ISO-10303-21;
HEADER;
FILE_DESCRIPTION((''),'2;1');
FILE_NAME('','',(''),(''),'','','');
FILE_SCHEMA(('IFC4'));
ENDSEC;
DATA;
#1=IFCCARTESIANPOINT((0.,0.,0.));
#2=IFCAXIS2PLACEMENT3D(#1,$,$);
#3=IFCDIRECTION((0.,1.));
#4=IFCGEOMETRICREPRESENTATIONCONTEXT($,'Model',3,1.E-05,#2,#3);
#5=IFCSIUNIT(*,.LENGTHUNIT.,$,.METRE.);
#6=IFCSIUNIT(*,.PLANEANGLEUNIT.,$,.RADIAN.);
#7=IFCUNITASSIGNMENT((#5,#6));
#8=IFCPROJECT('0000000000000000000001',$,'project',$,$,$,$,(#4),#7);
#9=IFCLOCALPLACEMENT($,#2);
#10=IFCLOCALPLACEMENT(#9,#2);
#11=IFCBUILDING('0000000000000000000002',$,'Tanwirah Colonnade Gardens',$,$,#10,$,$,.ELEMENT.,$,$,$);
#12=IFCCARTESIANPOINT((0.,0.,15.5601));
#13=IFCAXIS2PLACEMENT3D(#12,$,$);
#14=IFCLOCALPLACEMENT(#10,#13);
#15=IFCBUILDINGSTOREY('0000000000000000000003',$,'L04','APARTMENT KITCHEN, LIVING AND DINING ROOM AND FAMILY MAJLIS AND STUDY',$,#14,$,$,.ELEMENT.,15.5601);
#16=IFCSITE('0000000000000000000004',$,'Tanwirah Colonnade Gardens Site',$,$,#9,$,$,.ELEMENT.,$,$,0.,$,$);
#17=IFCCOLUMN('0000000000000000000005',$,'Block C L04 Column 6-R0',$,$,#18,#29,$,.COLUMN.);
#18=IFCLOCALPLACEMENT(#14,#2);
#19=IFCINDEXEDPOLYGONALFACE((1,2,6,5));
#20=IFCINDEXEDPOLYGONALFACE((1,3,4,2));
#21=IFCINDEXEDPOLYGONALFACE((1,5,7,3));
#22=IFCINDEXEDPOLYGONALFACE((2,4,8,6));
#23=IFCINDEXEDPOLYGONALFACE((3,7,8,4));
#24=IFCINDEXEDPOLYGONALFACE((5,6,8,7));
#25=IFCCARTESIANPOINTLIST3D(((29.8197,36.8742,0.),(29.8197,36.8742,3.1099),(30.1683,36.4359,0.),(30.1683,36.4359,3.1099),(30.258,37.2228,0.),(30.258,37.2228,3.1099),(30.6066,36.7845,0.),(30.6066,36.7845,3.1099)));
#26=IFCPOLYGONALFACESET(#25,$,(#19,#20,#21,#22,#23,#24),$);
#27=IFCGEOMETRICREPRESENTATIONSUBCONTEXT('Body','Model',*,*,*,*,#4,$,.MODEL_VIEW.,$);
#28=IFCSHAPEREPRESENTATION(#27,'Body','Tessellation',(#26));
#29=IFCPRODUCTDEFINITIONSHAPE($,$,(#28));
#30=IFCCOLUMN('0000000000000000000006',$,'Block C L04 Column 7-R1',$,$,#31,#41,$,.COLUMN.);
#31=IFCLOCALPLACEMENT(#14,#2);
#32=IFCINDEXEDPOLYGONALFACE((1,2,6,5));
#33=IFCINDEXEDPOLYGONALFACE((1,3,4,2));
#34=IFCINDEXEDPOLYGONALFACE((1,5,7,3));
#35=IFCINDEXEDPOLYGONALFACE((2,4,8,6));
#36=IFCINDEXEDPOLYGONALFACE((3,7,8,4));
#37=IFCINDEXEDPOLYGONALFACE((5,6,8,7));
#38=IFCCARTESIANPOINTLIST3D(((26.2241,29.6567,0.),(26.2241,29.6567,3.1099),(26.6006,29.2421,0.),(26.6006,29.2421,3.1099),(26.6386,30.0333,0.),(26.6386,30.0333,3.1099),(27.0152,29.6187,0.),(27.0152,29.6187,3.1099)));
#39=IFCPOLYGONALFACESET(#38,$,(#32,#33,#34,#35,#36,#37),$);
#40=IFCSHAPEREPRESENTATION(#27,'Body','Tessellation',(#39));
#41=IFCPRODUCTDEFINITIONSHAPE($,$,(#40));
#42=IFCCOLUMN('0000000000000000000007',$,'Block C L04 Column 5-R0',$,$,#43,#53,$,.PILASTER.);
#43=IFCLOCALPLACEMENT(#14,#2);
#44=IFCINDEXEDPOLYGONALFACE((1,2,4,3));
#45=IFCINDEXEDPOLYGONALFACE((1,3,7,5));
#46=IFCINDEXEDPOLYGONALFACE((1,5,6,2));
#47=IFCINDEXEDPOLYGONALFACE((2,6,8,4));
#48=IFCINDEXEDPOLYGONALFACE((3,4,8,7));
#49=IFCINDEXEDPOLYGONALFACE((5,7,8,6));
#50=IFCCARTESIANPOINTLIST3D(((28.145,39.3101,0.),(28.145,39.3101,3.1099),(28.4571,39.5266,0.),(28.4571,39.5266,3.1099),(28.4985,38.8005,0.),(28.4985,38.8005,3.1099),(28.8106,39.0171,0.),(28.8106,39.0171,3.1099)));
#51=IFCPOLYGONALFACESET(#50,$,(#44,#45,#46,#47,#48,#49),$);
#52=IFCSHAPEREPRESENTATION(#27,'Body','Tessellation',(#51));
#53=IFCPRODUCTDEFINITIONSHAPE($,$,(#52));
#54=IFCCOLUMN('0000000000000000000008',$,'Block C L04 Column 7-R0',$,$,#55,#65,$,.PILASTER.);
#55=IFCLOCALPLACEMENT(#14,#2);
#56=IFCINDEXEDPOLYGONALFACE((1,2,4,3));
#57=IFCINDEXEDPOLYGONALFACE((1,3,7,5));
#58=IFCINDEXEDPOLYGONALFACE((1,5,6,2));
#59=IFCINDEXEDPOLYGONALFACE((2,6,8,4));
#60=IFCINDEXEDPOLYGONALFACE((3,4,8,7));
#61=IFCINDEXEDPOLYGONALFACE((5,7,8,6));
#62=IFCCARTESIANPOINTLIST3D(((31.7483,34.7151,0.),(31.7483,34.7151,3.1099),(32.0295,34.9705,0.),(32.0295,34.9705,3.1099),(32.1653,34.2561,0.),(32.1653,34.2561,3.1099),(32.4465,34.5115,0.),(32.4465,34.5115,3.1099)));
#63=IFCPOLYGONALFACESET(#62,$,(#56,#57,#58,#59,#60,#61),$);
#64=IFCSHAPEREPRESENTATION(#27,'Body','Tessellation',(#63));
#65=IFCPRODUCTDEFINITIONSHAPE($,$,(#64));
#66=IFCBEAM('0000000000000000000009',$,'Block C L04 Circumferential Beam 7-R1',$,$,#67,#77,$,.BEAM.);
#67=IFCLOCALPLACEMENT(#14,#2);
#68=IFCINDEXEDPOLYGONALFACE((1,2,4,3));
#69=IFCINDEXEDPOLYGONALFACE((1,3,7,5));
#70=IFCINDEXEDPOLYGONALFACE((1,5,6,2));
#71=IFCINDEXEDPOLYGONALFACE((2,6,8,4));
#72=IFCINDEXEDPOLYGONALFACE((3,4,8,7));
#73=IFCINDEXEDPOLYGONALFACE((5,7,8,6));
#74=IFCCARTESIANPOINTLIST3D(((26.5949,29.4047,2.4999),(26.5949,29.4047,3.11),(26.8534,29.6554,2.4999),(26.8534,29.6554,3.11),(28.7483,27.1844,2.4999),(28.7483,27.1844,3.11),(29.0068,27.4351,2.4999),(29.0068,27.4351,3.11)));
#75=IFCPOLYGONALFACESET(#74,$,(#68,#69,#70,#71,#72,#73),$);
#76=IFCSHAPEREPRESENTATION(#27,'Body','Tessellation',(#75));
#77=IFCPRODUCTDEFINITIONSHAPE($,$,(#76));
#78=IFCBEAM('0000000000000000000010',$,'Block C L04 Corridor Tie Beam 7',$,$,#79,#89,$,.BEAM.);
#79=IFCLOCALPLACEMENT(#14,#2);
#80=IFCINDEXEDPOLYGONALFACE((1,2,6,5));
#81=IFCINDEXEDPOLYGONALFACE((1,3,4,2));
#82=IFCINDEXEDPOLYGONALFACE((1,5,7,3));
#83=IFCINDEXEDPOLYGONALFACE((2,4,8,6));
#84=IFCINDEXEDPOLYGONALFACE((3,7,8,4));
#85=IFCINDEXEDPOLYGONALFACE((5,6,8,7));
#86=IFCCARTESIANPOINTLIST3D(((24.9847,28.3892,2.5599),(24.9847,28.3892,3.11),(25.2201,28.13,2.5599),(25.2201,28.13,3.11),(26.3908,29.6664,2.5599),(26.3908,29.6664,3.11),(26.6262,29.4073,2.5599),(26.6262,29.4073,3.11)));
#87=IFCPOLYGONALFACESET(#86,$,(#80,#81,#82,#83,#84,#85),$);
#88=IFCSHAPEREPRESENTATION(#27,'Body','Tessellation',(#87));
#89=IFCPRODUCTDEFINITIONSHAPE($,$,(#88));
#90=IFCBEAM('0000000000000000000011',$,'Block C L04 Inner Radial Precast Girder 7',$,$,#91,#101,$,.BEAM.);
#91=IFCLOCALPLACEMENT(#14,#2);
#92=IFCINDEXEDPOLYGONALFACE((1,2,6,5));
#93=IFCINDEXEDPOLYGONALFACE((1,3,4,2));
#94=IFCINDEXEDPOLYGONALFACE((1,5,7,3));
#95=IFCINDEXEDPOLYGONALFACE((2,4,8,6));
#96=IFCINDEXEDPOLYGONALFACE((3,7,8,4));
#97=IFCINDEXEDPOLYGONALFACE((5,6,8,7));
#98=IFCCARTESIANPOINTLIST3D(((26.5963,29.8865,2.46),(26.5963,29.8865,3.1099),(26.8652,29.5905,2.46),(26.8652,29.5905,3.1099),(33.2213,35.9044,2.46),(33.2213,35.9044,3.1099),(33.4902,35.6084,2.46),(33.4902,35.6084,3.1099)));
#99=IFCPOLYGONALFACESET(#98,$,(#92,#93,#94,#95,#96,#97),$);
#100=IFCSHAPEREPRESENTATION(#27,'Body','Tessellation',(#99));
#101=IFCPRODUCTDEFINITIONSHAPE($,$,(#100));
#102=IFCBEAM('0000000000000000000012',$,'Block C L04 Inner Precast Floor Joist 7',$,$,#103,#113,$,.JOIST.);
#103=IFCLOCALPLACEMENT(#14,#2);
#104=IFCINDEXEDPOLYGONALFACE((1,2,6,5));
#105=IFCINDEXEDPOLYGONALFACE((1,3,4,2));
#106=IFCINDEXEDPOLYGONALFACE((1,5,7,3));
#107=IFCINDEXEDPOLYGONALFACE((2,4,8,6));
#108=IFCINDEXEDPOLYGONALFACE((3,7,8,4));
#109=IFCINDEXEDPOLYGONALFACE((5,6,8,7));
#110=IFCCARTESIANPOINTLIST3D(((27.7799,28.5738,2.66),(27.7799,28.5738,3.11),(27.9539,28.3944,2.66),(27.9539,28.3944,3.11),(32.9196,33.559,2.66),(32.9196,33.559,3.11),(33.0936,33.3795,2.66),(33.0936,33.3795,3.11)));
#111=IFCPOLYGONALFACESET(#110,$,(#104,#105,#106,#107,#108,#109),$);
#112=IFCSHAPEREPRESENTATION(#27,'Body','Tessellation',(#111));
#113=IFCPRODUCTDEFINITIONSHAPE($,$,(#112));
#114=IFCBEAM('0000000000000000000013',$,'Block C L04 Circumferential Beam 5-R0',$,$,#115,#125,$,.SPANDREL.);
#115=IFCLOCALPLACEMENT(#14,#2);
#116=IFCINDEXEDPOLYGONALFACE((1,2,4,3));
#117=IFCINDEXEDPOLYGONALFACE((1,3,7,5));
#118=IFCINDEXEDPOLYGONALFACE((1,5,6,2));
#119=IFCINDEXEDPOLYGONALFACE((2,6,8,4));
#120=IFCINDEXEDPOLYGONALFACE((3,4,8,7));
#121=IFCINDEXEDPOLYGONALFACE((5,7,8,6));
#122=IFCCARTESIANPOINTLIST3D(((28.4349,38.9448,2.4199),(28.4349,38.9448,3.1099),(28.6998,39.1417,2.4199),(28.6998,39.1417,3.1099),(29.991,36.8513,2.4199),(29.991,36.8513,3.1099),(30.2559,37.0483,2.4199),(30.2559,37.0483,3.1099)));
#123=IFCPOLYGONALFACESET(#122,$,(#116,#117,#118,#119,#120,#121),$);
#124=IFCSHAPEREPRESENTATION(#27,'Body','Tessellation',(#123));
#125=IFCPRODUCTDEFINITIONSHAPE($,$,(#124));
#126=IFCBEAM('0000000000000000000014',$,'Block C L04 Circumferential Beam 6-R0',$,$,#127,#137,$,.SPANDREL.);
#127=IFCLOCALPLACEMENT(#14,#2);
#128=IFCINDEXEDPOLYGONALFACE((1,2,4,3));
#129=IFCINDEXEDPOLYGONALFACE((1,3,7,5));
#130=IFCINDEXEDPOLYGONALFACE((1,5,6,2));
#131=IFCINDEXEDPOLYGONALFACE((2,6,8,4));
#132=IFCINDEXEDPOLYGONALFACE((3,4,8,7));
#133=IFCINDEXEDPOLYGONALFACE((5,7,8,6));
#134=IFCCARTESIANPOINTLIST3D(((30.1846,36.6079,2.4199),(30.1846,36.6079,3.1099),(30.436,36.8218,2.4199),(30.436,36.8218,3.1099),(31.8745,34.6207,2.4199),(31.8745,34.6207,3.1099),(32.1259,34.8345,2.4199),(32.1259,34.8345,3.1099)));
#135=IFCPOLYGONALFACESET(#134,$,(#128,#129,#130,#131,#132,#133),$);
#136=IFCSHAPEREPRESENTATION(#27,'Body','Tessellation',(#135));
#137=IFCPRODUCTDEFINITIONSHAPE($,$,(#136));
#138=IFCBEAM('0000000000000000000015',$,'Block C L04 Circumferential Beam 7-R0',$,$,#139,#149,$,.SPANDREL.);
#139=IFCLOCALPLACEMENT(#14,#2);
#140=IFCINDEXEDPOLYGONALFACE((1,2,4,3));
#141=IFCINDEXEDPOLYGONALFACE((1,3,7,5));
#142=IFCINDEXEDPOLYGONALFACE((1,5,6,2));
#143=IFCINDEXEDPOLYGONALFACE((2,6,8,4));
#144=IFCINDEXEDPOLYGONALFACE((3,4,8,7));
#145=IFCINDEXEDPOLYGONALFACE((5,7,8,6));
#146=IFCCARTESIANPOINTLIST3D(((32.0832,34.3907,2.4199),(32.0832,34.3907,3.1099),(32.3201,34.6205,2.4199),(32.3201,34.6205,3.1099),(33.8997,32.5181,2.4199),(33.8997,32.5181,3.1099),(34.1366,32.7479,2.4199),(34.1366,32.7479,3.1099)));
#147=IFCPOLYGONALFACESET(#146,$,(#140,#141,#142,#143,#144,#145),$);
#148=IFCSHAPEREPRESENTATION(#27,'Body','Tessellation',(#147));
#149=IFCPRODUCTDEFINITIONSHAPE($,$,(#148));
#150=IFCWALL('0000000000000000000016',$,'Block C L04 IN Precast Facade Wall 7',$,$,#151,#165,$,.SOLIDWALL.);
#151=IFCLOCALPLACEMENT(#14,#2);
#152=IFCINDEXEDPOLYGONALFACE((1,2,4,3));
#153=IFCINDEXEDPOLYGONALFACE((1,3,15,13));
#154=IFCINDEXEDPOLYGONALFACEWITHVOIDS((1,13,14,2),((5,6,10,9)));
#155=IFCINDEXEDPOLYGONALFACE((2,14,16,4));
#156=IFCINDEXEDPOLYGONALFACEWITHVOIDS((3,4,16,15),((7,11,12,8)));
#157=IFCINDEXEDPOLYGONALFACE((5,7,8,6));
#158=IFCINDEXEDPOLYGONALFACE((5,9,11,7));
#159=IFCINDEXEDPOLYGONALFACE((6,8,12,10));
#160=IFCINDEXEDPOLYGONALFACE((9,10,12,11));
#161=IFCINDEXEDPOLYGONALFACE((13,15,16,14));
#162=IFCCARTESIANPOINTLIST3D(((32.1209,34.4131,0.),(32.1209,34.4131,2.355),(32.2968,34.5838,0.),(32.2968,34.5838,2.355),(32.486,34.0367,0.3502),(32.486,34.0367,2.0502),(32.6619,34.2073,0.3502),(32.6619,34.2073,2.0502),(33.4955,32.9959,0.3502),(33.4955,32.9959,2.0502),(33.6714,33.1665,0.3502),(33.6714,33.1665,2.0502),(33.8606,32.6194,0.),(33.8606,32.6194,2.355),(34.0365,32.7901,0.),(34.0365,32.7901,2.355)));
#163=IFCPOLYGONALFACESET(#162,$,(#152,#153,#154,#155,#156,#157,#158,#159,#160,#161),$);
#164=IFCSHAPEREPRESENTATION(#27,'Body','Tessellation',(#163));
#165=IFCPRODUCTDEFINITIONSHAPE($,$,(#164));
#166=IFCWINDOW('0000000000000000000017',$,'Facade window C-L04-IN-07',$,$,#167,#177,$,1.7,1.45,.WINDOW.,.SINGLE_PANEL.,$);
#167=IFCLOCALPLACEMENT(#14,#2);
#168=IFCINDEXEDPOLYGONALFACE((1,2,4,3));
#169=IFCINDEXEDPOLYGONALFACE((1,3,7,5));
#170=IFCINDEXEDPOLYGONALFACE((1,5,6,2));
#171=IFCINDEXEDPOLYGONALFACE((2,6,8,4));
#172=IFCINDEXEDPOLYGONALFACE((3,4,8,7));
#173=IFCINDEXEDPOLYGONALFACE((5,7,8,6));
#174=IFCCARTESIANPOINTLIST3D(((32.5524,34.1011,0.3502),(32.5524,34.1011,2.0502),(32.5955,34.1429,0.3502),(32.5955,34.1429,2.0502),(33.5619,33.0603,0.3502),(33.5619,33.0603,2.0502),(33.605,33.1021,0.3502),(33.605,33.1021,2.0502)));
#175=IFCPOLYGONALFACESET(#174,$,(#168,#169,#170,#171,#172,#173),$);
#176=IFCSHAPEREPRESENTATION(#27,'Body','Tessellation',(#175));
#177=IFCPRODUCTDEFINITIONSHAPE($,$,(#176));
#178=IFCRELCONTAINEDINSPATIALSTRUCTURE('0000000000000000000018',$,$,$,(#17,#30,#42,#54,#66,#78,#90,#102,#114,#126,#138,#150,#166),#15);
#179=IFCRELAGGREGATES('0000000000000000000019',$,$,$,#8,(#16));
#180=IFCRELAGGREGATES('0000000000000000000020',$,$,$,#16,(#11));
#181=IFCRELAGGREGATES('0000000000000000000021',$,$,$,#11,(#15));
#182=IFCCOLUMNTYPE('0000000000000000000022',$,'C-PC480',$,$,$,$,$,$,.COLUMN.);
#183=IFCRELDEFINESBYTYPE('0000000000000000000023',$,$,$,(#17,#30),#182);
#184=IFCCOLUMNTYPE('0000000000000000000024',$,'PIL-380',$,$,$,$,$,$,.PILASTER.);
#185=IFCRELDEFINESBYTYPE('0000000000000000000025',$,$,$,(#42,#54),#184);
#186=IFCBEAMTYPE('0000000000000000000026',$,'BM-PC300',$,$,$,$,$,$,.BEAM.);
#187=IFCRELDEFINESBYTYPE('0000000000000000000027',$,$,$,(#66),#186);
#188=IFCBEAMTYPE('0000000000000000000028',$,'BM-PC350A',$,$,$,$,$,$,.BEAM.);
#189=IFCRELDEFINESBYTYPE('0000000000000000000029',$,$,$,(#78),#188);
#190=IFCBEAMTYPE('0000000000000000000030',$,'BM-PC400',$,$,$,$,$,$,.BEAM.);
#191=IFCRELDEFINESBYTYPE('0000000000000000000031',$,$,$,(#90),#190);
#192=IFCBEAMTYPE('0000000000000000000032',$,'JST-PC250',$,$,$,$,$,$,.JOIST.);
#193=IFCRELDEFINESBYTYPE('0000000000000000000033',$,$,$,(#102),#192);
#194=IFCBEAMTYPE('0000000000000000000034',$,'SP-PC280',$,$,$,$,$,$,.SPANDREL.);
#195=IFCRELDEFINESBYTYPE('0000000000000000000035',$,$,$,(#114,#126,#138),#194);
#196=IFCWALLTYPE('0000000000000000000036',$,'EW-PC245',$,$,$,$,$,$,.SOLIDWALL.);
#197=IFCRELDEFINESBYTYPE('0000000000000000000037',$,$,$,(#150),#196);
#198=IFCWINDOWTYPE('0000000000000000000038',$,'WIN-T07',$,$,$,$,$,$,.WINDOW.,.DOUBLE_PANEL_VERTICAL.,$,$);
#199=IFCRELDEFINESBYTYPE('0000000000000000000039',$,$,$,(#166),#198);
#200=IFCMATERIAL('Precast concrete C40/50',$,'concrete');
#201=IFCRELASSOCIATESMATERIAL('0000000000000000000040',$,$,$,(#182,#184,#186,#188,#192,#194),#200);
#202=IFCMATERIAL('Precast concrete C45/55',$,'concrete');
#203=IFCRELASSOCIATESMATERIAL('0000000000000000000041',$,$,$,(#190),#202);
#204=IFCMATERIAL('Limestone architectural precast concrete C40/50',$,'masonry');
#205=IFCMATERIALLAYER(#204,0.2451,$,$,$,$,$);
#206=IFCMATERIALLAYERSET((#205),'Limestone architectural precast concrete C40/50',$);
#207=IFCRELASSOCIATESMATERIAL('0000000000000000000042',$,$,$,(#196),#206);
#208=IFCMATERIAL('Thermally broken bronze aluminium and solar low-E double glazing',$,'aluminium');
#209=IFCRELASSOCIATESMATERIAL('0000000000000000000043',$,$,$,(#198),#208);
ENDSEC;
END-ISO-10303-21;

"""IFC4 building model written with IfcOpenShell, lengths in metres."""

from ifc_helpers import new_model, si_unit, direction, frame, frame_2d, origin, origin_2d, place, context, subcontext, project, spatial, rectangle, extrude, material, layer, layer_set, material_profile, profile_set, type_object, element, fill, save


model = new_model("IFC4")

# Units and contexts
model_context = context("Model", 3, precision=1e-05, world=origin(), true_north=direction((0.0, 1.0)))
body_context = subcontext(model_context, "Body", "Model", "MODEL_VIEW")
ifc_project = project(units=[si_unit("LENGTHUNIT", "METRE"), si_unit("PLANEANGLEUNIT", "RADIAN")], contexts=[model_context])

# Site, building, storey
site_placement = place(None, origin())
site = spatial("IfcSite", under=ifc_project, at=site_placement, Name="Tanwirah Colonnade Gardens Site", CompositionType="ELEMENT", RefElevation=0.0)
building_placement = place(site_placement, origin())
building = spatial("IfcBuilding", under=site, at=building_placement, Name="Tanwirah Colonnade Gardens", CompositionType="ELEMENT")
storey_placement = place(building_placement, frame((0.0, 0.0, 15.5601)))
storey = spatial("IfcBuildingStorey", under=building, at=storey_placement, Name="L04", Description="APARTMENT KITCHEN, LIVING AND DINING ROOM AND FAMILY MAJLIS AND STUDY", CompositionType="ELEMENT", Elevation=15.5601)

# Columns
ifc_material_1 = material(Name="Precast concrete C40/50", Category="concrete")
ifc_material_profile_1 = material_profile(ifc_material_1, rectangle(XDim=0.5601, YDim=0.5601, at=origin_2d()), Name="PC-COL 560x560")
ifc_profile_set_1 = profile_set([ifc_material_profile_1], Name="Precast concrete C40/50")
column_type_1 = type_object("IfcColumnType", Name="C-PC480", PredefinedType="COLUMN", material=ifc_profile_set_1)
for number, where, z_axis, x_axis, name in (
    (1, (30.2131, 36.8293, 0.0), (0.0, 0.0, 1.0), (-0.782608, -0.622515, 0.0), "Block C L04 Column 6-R0"),
    (2, (26.6196, 29.6377, 0.0), (0.0, 0.0, 1.0), (-0.740218, -0.672367, 0.0), "Block C L04 Column 7-R1"),
):
    element("IfcColumn", number, at=place(storey_placement, frame(where, z_axis=z_axis, x_axis=x_axis)), inside=storey, type_object=column_type_1, Name=name, PredefinedType="COLUMN", context=body_context, shape_type="SweptSolid", body=[
        extrude(rectangle(XDim=0.5601, YDim=0.5601, at=origin_2d()), origin(), (0.0, 0.0, 1.0), 3.1099),
    ])
ifc_material_profile_2 = material_profile(ifc_material_1, rectangle(XDim=0.3799, YDim=0.6201, at=origin_2d()), Name="PC-PIL 380x620")
ifc_profile_set_2 = profile_set([ifc_material_profile_2], Name="Precast concrete C40/50")
column_type_2 = type_object("IfcColumnType", Name="PIL-380", PredefinedType="PILASTER", material=ifc_profile_set_2)
for number, where, z_axis, x_axis, name in (
    (3, (28.4778, 39.1636, 0.0), (0.0, 0.0, 1.0), (-0.821647, -0.569997, 0.0), "Block C L04 Column 5-R0"),
    (4, (32.0974, 34.6133, 0.0), (0.0, 0.0, 1.0), (-0.740218, -0.672367, 0.0), "Block C L04 Column 7-R0"),
):
    element("IfcColumn", number, at=place(storey_placement, frame(where, z_axis=z_axis, x_axis=x_axis)), inside=storey, type_object=column_type_2, Name=name, PredefinedType="PILASTER", context=body_context, shape_type="SweptSolid", body=[
        extrude(rectangle(XDim=0.3799, YDim=0.6201, at=origin_2d()), origin(), (0.0, 0.0, 1.0), 3.1099),
    ])

# Beams
ifc_material_profile_3 = material_profile(ifc_material_1, rectangle(XDim=0.3601, YDim=0.6101, at=origin_2d()), Name="PC-BM 360x610")
ifc_profile_set_3 = profile_set([ifc_material_profile_3], Name="Precast concrete C40/50")
beam_type_1 = type_object("IfcBeamType", Name="BM-PC300", PredefinedType="BEAM", material=ifc_profile_set_3)
beam_1_placement = place(storey_placement, frame((26.7241, 29.53, 2.8049), z_axis=(0.69621, -0.717838, 0.0), x_axis=(0.717838, 0.69621, 0.0)))
element("IfcBeam", 5, at=beam_1_placement, inside=storey, type_object=beam_type_1, Name="Block C L04 Circumferential Beam 7-R1", PredefinedType="BEAM", context=body_context, shape_type="SweptSolid", body=[
    extrude(rectangle(XDim=0.3601, YDim=0.6101, at=origin_2d()), origin(), (0.0, 0.0, 1.0), 3.093),
])
ifc_material_profile_4 = material_profile(ifc_material_1, rectangle(XDim=0.3501, YDim=0.55, at=origin_2d()), Name="PC-BM 350x550")
ifc_profile_set_4 = profile_set([ifc_material_profile_4], Name="Precast concrete C40/50")
beam_type_2 = type_object("IfcBeamType", Name="BM-PC350A", PredefinedType="BEAM", material=ifc_profile_set_4)
beam_2_placement = place(storey_placement, frame((26.5085, 29.5369, 2.835), z_axis=(-0.740219, -0.672366, 0.0), x_axis=(0.672366, -0.740219, 0.0)))
element("IfcBeam", 6, at=beam_2_placement, inside=storey, type_object=beam_type_2, Name="Block C L04 Corridor Tie Beam 7", PredefinedType="BEAM", context=body_context, shape_type="SweptSolid", body=[
    extrude(rectangle(XDim=0.3501, YDim=0.55, at=origin_2d()), origin(), (0.0, 0.0, 1.0), 1.8997),
])
ifc_material_2 = material(Name="Precast concrete C45/55", Category="concrete")
ifc_material_profile_5 = material_profile(ifc_material_2, rectangle(XDim=0.3999, YDim=0.6499, at=origin_2d()), Name="PC-BM 400x650")
ifc_profile_set_5 = profile_set([ifc_material_profile_5], Name="Precast concrete C45/55")
beam_type_3 = type_object("IfcBeamType", Name="BM-PC400", PredefinedType="BEAM", material=ifc_profile_set_5)
beam_3_placement = place(storey_placement, frame((26.7307, 29.7385, 2.7849), z_axis=(0.740213, 0.672373, 0.0), x_axis=(-0.672373, 0.740213, 0.0)))
element("IfcBeam", 7, at=beam_3_placement, inside=storey, type_object=beam_type_3, Name="Block C L04 Inner Radial Precast Girder 7", PredefinedType="BEAM", context=body_context, shape_type="SweptSolid", body=[
    extrude(rectangle(XDim=0.3999, YDim=0.6499, at=origin_2d()), origin(), (0.0, 0.0, 1.0), 8.9502),
])
ifc_material_profile_6 = material_profile(ifc_material_1, rectangle(XDim=0.25, YDim=0.45, at=origin_2d()), Name="PC-JST 250x450")
ifc_profile_set_6 = profile_set([ifc_material_profile_6], Name="Precast concrete C40/50")
beam_type_4 = type_object("IfcBeamType", Name="JST-PC250", PredefinedType="JOIST", material=ifc_profile_set_6)
beam_4_placement = place(storey_placement, frame((33.0066, 33.4692, 2.885), z_axis=(-0.717816, -0.696233, 0.0), x_axis=(0.696233, -0.717816, 0.0)))
element("IfcBeam", 8, at=beam_4_placement, inside=storey, type_object=beam_type_4, Name="Block C L04 Inner Precast Floor Joist 7", PredefinedType="JOIST", context=body_context, shape_type="SweptSolid", body=[
    extrude(rectangle(XDim=0.25, YDim=0.45, at=origin_2d()), origin(), (0.0, 0.0, 1.0), 7.1602),
])
ifc_material_profile_7 = material_profile(ifc_material_1, rectangle(XDim=0.3301, YDim=0.6899, at=origin_2d()), Name="PC-SP 330x690")
ifc_profile_set_7 = profile_set([ifc_material_profile_7], Name="Precast concrete C40/50")
beam_type_5 = type_object("IfcBeamType", Name="SP-PC280", PredefinedType="SPANDREL", material=ifc_profile_set_7)
beam_5_placement = place(storey_placement, frame((28.5674, 39.0432, 2.7649), z_axis=(0.596565, -0.802565, 0.0), x_axis=(0.802565, 0.596565, 0.0)))
element("IfcBeam", 9, at=beam_5_placement, inside=storey, type_object=beam_type_5, Name="Block C L04 Circumferential Beam 5-R0", PredefinedType="SPANDREL", context=body_context, shape_type="SweptSolid", body=[
    extrude(rectangle(XDim=0.3301, YDim=0.6899, at=origin_2d()), origin(), (0.0, 0.0, 1.0), 2.6084),
])
beam_6_placement = place(storey_placement, frame((30.3103, 36.7148, 2.7649), z_axis=(0.647811, -0.761801, 0.0), x_axis=(0.761801, 0.647811, 0.0)))
element("IfcBeam", 10, at=beam_6_placement, inside=storey, type_object=beam_type_5, Name="Block C L04 Circumferential Beam 6-R0", PredefinedType="SPANDREL", context=body_context, shape_type="SweptSolid", body=[
    extrude(rectangle(XDim=0.3301, YDim=0.6899, at=origin_2d()), origin(), (0.0, 0.0, 1.0), 2.6086),
])
beam_7_placement = place(storey_placement, frame((32.2017, 34.5056, 2.7649), z_axis=(0.696263, -0.717787, 0.0), x_axis=(0.717787, 0.696263, 0.0)))
element("IfcBeam", 11, at=beam_7_placement, inside=storey, type_object=beam_type_5, Name="Block C L04 Circumferential Beam 7-R0", PredefinedType="SPANDREL", context=body_context, shape_type="SweptSolid", body=[
    extrude(rectangle(XDim=0.3301, YDim=0.6899, at=origin_2d()), origin(), (0.0, 0.0, 1.0), 2.6089),
])

# Wall, opening, window
ifc_material_3 = material(Name="Limestone architectural precast concrete C40/50", Category="masonry")
ifc_layer_1 = layer(ifc_material_3, 0.2451)
ifc_layer_set_1 = layer_set([ifc_layer_1], Name="Limestone architectural precast concrete C40/50")
wall_type_1 = type_object("IfcWallType", Name="EW-PC245", PredefinedType="SOLIDWALL", material=ifc_layer_set_1)
wall_1_placement = place(storey_placement, frame((32.2087, 34.4985, 0.0), z_axis=(0.0, 0.0, 1.0), x_axis=(0.696228, -0.71782, 0.0)))
wall_1 = element("IfcWall", 12, at=wall_1_placement, inside=storey, type_object=wall_type_1, Name="Block C L04 IN Precast Facade Wall 7", PredefinedType="SOLIDWALL", context=body_context, shape_type="SweptSolid", body=[
    extrude(rectangle(XDim=2.4988, YDim=0.2451, at=frame_2d((1.2495, 0.0))), origin(), (0.0, 0.0, 1.0), 2.355),
])
opening_1_placement = place(wall_1_placement, frame((0.5244, 0.0, 0.3501)))
opening_1 = element("IfcOpeningElement", 13, at=opening_1_placement, cuts=wall_1, PredefinedType="OPENING", context=body_context, shape_type="SweptSolid", body=[
    extrude(rectangle(XDim=1.45, YDim=1.7, at=frame_2d((0.7251, 0.8501))), frame((0.0, 0.1326, 0.0), z_axis=(0.0, -1.0, 0.0), x_axis=(1.0, 0.0, 0.0)), (0.0, 0.0, 1.0), 0.2651),
])
ifc_material_4 = material(Name="Thermally broken bronze aluminium and solar low-E double glazing", Category="aluminium")
window_type = type_object("IfcWindowType", Name="WIN-T07", PartitioningType="DOUBLE_PANEL_VERTICAL", PredefinedType="WINDOW", material=ifc_material_4)
window_placement = place(opening_1_placement, origin())
window = element("IfcWindow", 14, at=window_placement, inside=storey, type_object=window_type, Name="Facade window C-L04-IN-07", OverallHeight=1.7, OverallWidth=1.45, PartitioningType="SINGLE_PANEL", PredefinedType="WINDOW", context=body_context, shape_type="SweptSolid", body=[
    extrude(rectangle(XDim=1.45, YDim=1.7, at=frame_2d((0.7251, 0.8501))), frame((0.0, 0.03, 0.0), z_axis=(0.0, -1.0, 0.0), x_axis=(1.0, 0.0, 0.0)), (0.0, 0.0, 1.0), 0.0601),
])
fill(opening_1, window)

save(model, "model.ifc")
